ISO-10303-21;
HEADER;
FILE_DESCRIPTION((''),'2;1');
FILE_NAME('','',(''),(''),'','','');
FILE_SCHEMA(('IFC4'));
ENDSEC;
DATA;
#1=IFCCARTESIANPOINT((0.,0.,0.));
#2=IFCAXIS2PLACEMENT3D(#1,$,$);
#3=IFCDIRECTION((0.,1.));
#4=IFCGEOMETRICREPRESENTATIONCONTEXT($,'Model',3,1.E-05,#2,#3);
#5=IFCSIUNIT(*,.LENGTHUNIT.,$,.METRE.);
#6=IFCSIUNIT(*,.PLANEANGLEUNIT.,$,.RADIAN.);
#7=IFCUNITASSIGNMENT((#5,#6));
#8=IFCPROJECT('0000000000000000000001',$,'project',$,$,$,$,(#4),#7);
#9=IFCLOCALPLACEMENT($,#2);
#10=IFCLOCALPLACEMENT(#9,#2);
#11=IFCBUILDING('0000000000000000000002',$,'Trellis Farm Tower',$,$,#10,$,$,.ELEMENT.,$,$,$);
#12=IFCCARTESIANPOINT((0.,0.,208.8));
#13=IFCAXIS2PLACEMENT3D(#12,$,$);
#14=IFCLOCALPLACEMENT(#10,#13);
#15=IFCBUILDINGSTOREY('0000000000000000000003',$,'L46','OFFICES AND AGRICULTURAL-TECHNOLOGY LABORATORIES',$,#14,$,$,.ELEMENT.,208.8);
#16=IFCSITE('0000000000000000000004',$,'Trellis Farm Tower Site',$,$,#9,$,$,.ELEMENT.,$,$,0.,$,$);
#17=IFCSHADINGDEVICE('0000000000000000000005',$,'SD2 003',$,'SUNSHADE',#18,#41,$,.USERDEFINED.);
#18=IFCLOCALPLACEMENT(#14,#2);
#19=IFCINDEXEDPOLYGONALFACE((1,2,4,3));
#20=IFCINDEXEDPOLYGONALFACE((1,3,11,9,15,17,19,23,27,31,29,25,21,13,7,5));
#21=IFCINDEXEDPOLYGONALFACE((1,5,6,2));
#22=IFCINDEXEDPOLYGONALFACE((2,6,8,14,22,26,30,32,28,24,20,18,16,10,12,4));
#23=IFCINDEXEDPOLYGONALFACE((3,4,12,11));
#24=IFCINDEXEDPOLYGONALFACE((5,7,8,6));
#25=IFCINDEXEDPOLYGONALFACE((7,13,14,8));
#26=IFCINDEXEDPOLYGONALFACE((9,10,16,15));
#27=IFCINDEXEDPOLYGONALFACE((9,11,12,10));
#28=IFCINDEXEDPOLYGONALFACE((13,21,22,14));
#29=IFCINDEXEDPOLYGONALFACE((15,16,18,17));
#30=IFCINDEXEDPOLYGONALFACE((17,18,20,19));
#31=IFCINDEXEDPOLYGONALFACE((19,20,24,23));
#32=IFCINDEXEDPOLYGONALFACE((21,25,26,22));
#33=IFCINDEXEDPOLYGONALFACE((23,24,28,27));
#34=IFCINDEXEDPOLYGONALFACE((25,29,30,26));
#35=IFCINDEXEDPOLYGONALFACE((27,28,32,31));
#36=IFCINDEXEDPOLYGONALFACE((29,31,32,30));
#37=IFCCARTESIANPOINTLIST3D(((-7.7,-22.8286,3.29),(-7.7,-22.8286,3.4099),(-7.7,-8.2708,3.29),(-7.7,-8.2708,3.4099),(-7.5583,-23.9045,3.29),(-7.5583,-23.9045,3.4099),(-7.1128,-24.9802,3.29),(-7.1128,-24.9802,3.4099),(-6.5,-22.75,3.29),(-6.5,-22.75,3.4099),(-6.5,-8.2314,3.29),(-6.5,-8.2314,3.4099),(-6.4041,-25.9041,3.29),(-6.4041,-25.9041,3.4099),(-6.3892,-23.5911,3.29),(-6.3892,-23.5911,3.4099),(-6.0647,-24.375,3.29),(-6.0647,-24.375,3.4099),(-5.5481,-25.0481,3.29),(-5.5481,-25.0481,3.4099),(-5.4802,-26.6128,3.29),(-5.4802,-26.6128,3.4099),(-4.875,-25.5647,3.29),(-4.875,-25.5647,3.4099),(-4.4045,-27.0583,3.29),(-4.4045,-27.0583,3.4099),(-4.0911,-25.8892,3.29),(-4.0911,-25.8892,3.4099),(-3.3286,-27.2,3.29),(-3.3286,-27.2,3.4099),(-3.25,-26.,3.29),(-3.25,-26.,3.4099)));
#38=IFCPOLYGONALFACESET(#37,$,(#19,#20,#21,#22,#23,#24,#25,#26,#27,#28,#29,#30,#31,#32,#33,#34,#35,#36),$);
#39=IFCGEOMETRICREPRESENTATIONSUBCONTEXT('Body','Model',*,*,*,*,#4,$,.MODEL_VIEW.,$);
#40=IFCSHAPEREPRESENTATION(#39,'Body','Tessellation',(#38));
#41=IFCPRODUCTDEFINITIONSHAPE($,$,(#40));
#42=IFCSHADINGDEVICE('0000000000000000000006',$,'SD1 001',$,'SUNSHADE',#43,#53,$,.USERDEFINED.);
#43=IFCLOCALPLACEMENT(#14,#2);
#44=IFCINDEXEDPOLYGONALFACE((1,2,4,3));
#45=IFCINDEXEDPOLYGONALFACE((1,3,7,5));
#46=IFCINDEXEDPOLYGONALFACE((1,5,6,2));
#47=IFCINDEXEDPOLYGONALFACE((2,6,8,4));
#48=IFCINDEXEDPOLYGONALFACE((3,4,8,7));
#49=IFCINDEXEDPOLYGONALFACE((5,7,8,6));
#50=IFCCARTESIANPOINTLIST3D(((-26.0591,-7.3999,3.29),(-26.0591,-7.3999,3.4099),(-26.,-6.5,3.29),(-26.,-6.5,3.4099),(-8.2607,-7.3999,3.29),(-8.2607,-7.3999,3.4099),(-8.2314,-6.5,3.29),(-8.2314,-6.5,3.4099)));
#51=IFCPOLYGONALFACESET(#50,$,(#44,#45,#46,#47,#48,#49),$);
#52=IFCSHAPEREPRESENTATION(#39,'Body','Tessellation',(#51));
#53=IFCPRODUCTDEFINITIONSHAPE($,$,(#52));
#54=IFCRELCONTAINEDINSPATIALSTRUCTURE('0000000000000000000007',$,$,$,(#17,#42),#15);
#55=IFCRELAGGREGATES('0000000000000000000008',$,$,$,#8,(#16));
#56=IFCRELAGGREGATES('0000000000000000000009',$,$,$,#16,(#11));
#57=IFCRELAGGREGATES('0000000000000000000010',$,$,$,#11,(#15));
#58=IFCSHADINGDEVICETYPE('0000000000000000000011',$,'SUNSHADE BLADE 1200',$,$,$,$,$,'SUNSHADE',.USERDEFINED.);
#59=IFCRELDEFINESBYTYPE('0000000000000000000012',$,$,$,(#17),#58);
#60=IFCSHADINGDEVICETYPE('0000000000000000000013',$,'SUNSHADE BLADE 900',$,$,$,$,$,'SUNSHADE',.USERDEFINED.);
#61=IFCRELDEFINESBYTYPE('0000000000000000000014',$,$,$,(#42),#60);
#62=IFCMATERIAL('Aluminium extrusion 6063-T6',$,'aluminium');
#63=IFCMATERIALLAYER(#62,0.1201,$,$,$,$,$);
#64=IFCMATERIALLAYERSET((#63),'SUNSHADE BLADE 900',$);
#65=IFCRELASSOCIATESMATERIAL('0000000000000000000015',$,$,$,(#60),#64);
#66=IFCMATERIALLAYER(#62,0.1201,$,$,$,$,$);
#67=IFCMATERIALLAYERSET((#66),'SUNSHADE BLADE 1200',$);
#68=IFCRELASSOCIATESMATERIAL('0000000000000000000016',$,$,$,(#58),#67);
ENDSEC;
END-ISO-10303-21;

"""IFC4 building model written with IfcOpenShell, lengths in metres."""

from ifc_helpers import new_model, si_unit, direction, frame, origin, place, context, subcontext, project, spatial, polyline, outline, extrude, source, transform, mapped, material, layer, layer_set, type_object, element, save


model = new_model("IFC4")

# Units and contexts
model_context = context("Model", 3, precision=1e-05, world=origin(), true_north=direction((0.0, 1.0)))
body_context = subcontext(model_context, "Body", "Model", "MODEL_VIEW")
ifc_project = project(units=[si_unit("LENGTHUNIT", "METRE"), si_unit("PLANEANGLEUNIT", "RADIAN")], contexts=[model_context])

# Site, building, storey
site_placement = place(None, origin())
site = spatial("IfcSite", under=ifc_project, at=site_placement, Name="Trellis Farm Tower Site", CompositionType="ELEMENT", RefElevation=0.0)
building_placement = place(site_placement, origin())
building = spatial("IfcBuilding", under=site, at=building_placement, Name="Trellis Farm Tower", CompositionType="ELEMENT")
storey_placement = place(building_placement, frame((0.0, 0.0, 208.8)))
storey = spatial("IfcBuildingStorey", under=building, at=storey_placement, Name="L46", Description="OFFICES AND AGRICULTURAL-TECHNOLOGY LABORATORIES", CompositionType="ELEMENT", Elevation=208.8)

# Shared definitions
ifc_material_1 = material(Name="Aluminium extrusion 6063-T6", Category="aluminium")

# Shading devices
ifc_layer_1 = layer(ifc_material_1, 0.1201)
ifc_layer_set_1 = layer_set([ifc_layer_1], Name="SUNSHADE BLADE 900")
shading_device_type_1 = type_object("IfcShadingDeviceType", Name="SUNSHADE BLADE 900", ElementType="SUNSHADE", PredefinedType="USERDEFINED", material=ifc_layer_set_1)
placement_1 = place(storey_placement, frame((0.0, 0.0, 3.29)))
ifc_layer_2 = layer(ifc_material_1, 0.1201)
ifc_layer_set_2 = layer_set([ifc_layer_2], Name="SUNSHADE BLADE 1200")
shading_device_type_2 = type_object("IfcShadingDeviceType", Name="SUNSHADE BLADE 1200", ElementType="SUNSHADE", PredefinedType="USERDEFINED", material=ifc_layer_set_2)
shared_shape_1 = source(origin(), body_context, "Body", "SweptSolid", [
    extrude(outline(polyline([(-7.7, -8.2708), (-7.7, -22.8286), (-7.5583, -23.9045), (-7.1128, -24.9802), (-6.4041, -25.9041), (-5.4802, -26.6128), (-4.4045, -27.0583), (-3.3286, -27.2), (-3.25, -26.0), (-4.0911, -25.8892), (-4.875, -25.5647), (-5.5481, -25.0481), (-6.0647, -24.375), (-6.3892, -23.5911), (-6.5, -22.75), (-6.5, -8.2314), (-7.7, -8.2708)])), origin(), (0.0, 0.0, 1.0), 0.1199),
])
element("IfcShadingDevice", 1, at=placement_1, inside=storey, type_object=shading_device_type_2, Name="SD2 003", ObjectType="SUNSHADE", PredefinedType="USERDEFINED", context=body_context, shape_type="MappedRepresentation", body=[
    mapped(shared_shape_1, transform((0.0, 0.0, 0.0))),
])
shared_shape_2 = source(origin(), body_context, "Body", "SweptSolid", [
    extrude(outline(polyline([(-26.0591, -7.3999), (-8.2607, -7.3999), (-8.2314, -6.5), (-26.0, -6.5), (-26.0591, -7.3999)])), origin(), (0.0, 0.0, 1.0), 0.1199),
])
element("IfcShadingDevice", 2, at=placement_1, inside=storey, type_object=shading_device_type_1, Name="SD1 001", ObjectType="SUNSHADE", PredefinedType="USERDEFINED", context=body_context, shape_type="MappedRepresentation", body=[
    mapped(shared_shape_2, transform((0.0, 0.0, 0.0))),
])

save(model, "model.ifc")
